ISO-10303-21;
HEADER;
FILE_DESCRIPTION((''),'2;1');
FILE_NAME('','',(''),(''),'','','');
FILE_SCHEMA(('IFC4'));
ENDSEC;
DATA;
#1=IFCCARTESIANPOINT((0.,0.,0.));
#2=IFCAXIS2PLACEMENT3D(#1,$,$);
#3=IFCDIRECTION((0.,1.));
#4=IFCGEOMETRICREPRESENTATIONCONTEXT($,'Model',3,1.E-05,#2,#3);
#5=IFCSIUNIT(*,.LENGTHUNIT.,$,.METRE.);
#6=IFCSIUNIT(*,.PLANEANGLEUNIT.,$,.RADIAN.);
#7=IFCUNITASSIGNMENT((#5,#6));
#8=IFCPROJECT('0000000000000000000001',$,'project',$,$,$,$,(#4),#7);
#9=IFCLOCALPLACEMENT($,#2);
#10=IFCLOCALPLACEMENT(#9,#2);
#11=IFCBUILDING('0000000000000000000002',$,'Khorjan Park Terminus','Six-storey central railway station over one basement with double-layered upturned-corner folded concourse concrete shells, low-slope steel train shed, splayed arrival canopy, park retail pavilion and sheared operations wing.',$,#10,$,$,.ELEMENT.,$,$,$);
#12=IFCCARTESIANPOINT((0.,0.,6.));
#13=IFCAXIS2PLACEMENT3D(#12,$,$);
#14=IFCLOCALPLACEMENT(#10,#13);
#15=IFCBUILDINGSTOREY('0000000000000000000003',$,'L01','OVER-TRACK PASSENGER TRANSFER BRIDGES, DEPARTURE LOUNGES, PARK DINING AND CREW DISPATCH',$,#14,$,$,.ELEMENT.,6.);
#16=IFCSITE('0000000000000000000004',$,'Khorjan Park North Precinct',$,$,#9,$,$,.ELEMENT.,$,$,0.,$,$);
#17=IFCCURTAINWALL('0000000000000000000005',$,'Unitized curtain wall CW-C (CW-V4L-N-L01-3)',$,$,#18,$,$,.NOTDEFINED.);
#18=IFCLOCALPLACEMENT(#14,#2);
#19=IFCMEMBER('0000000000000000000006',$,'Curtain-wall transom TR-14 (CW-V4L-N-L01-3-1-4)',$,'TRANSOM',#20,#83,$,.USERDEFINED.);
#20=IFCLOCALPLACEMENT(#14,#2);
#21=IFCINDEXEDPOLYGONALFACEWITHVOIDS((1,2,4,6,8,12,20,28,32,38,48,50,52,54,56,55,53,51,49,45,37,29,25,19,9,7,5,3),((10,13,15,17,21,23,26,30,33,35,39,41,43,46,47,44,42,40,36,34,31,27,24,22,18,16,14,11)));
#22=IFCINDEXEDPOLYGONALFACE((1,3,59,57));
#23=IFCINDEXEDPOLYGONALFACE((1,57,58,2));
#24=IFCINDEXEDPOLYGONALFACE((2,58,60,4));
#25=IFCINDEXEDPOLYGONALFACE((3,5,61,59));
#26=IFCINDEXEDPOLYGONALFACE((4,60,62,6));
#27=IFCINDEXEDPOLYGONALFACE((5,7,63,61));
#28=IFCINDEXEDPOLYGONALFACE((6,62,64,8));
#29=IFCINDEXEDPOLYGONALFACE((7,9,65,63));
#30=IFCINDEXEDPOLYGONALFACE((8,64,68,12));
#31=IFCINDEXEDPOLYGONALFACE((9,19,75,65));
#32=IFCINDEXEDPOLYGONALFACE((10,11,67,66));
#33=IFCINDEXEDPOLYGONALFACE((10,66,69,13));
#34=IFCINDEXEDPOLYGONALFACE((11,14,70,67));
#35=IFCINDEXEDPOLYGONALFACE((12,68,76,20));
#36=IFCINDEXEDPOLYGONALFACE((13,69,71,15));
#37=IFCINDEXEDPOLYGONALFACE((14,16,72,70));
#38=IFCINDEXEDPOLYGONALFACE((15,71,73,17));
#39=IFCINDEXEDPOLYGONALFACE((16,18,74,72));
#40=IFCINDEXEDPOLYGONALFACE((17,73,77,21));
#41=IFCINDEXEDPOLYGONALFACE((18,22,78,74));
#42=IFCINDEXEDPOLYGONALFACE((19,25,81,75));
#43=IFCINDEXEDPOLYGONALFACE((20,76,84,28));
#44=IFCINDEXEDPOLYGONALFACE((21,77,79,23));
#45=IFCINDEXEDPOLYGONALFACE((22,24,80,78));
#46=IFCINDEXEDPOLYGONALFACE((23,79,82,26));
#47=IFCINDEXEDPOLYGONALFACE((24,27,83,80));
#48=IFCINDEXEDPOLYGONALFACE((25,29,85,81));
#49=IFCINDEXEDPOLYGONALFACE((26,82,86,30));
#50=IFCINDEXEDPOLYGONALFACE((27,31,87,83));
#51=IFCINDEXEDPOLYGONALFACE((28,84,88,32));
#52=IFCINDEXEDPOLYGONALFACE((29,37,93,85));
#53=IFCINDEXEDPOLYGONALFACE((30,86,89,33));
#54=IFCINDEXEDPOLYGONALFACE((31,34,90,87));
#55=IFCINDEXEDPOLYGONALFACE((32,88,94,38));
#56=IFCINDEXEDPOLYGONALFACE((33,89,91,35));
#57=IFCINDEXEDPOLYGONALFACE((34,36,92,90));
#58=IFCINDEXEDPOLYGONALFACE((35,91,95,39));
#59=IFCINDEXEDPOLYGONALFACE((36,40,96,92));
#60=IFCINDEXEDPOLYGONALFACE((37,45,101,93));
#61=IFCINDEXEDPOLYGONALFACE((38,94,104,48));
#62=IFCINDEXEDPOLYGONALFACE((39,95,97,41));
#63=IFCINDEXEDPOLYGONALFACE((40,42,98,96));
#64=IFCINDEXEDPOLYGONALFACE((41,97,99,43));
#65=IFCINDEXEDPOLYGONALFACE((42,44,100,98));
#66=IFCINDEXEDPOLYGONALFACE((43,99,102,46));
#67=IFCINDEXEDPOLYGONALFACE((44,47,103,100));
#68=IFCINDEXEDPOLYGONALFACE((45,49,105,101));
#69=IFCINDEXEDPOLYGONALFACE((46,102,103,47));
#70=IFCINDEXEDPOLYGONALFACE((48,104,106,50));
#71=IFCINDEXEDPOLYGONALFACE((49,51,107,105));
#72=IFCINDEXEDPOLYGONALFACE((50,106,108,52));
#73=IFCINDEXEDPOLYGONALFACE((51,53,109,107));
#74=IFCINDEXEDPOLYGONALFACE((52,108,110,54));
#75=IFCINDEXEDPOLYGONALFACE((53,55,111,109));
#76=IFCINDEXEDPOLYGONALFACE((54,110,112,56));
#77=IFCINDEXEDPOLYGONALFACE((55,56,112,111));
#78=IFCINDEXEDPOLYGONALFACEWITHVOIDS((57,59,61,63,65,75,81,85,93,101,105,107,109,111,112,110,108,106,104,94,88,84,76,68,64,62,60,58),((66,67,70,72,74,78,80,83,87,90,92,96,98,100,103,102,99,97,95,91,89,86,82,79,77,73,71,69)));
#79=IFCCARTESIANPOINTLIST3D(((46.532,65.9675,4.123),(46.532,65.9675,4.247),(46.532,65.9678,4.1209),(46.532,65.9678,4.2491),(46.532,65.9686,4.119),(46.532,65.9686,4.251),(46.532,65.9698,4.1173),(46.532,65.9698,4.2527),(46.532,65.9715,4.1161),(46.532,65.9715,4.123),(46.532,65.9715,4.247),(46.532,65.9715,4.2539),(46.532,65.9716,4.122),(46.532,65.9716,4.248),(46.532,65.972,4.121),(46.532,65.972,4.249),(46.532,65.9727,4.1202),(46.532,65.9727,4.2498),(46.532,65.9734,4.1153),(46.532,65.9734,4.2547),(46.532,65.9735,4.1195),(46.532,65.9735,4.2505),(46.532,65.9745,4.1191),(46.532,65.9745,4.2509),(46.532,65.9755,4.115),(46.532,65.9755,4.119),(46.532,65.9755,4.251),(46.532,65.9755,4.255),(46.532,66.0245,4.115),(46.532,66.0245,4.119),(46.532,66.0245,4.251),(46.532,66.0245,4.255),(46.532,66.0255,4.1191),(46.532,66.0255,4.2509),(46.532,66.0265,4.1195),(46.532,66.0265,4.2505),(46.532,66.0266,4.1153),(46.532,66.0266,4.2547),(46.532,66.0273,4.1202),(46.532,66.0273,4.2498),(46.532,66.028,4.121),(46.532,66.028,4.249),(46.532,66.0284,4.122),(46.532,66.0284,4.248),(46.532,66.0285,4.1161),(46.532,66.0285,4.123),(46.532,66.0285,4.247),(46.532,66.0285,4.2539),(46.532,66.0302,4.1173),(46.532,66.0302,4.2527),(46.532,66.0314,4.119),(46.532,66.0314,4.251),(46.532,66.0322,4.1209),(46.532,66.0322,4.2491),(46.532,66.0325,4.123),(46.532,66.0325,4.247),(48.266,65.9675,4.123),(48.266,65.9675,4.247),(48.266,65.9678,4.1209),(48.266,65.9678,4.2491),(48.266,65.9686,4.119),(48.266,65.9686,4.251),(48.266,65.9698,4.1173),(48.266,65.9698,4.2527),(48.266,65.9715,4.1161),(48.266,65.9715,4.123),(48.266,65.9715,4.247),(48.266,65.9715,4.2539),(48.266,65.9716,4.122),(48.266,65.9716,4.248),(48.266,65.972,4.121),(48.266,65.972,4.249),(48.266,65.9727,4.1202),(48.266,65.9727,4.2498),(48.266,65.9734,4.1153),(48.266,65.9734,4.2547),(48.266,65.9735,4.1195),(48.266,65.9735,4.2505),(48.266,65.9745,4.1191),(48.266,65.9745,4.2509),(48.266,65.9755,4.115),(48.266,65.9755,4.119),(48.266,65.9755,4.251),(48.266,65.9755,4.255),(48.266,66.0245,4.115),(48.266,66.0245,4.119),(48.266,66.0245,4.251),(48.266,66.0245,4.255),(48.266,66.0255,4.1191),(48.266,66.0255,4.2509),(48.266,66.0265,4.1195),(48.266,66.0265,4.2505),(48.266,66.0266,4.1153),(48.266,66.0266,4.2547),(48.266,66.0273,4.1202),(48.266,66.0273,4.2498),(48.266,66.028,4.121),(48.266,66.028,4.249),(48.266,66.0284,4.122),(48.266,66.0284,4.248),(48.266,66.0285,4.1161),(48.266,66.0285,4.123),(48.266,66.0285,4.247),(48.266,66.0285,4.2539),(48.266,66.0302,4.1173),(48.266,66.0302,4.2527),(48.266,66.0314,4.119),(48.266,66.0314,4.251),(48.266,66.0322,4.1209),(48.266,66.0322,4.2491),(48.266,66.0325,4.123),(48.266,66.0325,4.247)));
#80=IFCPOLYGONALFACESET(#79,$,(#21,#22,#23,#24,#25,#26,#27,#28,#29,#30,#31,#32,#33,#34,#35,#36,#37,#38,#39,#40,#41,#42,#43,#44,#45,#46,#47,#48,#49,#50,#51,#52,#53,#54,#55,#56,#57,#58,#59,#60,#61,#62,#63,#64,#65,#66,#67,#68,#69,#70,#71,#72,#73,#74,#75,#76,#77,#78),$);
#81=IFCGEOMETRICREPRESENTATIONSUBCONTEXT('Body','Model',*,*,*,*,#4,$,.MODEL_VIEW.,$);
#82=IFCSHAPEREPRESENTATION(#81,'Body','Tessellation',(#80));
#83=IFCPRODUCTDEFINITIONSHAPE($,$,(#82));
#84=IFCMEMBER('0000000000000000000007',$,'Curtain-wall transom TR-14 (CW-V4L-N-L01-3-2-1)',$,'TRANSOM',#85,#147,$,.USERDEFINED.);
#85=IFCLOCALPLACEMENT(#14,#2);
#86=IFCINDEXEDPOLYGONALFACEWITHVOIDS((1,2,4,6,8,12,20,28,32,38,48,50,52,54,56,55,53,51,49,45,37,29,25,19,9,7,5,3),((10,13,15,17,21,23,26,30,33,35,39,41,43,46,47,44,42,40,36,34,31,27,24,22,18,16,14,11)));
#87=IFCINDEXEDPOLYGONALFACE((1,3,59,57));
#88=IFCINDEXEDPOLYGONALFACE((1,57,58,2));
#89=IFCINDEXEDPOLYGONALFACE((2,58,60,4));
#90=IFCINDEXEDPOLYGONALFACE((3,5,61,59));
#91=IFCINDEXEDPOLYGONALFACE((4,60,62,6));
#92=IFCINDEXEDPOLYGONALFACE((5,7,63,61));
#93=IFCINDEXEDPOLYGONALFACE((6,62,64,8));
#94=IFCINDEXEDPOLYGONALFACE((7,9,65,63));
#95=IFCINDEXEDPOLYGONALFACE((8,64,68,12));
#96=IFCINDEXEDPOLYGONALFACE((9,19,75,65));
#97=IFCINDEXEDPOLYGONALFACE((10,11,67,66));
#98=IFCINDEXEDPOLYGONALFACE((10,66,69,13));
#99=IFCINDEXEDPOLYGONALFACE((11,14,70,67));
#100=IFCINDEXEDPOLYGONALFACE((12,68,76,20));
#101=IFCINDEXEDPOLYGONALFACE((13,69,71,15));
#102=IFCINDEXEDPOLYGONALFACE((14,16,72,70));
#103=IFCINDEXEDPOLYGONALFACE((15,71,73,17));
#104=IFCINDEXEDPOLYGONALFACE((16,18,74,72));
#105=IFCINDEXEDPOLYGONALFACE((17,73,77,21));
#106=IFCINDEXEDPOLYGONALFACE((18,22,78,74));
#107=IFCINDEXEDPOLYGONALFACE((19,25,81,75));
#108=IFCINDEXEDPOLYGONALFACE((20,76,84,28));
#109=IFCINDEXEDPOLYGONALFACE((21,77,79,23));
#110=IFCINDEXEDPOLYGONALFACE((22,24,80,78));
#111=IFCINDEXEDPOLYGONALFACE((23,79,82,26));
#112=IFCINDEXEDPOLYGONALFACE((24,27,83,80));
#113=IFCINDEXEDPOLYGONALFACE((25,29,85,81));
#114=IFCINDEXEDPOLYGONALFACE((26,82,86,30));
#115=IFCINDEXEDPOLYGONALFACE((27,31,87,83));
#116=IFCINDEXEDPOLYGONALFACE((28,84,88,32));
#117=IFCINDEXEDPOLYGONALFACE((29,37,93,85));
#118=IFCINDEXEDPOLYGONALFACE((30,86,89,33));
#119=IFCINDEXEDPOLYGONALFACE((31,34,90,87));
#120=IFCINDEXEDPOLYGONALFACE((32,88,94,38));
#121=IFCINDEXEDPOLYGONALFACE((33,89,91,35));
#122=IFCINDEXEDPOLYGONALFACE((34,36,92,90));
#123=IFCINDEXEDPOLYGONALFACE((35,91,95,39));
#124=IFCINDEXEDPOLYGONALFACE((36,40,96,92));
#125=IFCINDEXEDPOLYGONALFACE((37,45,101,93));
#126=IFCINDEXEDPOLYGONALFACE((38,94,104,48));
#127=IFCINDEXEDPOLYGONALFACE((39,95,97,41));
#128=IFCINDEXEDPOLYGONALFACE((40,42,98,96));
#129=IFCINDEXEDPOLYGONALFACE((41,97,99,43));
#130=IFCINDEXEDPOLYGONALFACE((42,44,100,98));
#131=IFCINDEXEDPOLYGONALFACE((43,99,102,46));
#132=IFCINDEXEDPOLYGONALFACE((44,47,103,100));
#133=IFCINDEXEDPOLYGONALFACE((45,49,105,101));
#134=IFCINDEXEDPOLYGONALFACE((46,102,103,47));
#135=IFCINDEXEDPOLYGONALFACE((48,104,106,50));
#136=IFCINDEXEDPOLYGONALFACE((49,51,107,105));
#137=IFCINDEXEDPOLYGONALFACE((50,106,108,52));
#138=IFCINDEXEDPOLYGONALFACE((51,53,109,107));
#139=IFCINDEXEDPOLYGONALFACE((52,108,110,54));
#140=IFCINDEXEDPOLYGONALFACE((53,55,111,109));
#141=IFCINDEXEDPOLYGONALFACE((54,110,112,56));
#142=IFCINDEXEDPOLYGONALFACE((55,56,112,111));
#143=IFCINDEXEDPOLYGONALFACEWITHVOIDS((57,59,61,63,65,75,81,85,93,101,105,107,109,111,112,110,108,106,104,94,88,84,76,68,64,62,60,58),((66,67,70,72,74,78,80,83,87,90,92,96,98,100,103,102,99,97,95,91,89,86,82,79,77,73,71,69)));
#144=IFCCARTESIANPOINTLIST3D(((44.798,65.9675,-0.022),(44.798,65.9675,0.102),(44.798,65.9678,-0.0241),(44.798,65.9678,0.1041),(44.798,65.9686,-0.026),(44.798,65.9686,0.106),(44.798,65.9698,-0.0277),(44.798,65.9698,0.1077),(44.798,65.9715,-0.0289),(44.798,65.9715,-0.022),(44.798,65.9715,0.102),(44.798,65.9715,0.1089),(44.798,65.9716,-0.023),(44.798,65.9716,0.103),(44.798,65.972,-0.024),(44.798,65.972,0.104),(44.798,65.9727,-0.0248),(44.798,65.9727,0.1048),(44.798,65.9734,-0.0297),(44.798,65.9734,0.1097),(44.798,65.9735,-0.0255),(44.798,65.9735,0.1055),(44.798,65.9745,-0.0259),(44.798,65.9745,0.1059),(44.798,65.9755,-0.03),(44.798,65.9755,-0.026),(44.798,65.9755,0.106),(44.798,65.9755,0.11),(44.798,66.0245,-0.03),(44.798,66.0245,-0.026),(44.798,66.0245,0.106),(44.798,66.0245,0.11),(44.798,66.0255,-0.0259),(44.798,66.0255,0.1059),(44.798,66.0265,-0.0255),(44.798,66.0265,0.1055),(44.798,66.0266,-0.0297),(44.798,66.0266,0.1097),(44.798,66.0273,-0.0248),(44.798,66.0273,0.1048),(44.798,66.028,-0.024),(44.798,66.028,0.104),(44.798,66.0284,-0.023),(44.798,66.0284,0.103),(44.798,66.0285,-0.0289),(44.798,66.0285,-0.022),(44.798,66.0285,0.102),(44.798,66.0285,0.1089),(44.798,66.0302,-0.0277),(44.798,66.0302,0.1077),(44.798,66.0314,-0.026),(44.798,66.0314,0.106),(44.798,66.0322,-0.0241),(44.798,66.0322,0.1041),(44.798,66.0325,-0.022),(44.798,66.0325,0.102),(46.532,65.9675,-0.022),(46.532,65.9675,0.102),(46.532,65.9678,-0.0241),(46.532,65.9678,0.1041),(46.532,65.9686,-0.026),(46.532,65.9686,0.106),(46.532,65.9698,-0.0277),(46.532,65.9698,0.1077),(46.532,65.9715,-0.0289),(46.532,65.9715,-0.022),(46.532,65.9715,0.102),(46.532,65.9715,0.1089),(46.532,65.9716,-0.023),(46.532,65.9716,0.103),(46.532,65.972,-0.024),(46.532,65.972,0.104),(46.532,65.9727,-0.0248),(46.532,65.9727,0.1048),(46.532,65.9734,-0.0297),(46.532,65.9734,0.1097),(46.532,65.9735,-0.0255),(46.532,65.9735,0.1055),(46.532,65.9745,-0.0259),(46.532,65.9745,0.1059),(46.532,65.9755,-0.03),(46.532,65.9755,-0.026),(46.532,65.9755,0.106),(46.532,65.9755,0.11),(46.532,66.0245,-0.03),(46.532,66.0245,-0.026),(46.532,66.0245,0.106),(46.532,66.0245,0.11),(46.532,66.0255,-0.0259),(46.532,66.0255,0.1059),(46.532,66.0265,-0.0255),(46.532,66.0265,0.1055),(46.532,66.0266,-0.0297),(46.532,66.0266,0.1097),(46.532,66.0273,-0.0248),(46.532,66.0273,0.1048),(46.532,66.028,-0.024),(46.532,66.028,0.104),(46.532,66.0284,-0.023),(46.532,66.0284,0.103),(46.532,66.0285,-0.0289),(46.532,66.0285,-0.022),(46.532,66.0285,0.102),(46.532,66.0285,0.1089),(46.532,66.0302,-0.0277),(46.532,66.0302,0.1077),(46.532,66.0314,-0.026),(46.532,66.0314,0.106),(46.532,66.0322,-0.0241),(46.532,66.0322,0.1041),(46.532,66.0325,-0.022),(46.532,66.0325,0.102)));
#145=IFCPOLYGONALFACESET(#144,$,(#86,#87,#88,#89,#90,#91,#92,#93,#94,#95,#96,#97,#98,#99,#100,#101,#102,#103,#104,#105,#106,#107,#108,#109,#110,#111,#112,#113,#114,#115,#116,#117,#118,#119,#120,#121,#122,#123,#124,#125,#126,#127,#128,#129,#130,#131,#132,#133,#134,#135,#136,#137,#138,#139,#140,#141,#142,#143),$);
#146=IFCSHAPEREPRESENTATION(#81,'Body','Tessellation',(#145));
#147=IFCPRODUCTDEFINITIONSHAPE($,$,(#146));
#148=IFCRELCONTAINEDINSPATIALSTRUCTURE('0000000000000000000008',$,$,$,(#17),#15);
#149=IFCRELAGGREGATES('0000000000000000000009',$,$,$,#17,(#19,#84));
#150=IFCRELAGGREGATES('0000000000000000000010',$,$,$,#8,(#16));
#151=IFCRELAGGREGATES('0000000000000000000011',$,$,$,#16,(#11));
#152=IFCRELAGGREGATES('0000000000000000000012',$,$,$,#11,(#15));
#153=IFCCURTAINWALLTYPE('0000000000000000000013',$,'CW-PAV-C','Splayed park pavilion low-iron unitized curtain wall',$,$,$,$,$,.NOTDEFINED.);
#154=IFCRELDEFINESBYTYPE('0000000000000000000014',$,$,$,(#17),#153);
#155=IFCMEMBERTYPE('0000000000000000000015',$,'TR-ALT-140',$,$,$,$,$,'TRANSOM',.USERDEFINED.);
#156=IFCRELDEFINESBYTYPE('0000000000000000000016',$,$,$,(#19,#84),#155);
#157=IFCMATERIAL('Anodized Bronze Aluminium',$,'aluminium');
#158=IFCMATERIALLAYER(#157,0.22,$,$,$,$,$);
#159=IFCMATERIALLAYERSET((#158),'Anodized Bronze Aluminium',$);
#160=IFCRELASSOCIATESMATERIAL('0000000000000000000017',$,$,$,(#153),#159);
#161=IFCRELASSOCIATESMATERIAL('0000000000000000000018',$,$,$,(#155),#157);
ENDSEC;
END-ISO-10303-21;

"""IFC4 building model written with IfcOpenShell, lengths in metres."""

from ifc_helpers import new_model, si_unit, direction, frame, origin, origin_2d, place, context, subcontext, project, spatial, hollow_rectangle, extrude, material, layer, layer_set, material_profile, profile_set, type_object, element, aggregate, save


model = new_model("IFC4")

# Units and contexts
model_context = context("Model", 3, precision=1e-05, world=origin(), true_north=direction((0.0, 1.0)))
body_context = subcontext(model_context, "Body", "Model", "MODEL_VIEW")
ifc_project = project(units=[si_unit("LENGTHUNIT", "METRE"), si_unit("PLANEANGLEUNIT", "RADIAN")], contexts=[model_context])

# Site, building, storey
site_placement = place(None, origin())
site = spatial("IfcSite", under=ifc_project, at=site_placement, Name="Khorjan Park North Precinct", CompositionType="ELEMENT", RefElevation=0.0)
building_placement = place(site_placement, origin())
building = spatial("IfcBuilding", under=site, at=building_placement, Name="Khorjan Park Terminus", Description="Six-storey central railway station over one basement with double-layered upturned-corner folded concourse concrete shells, low-slope steel train shed, splayed arrival canopy, park retail pavilion and sheared operations wing.", CompositionType="ELEMENT")
storey_placement = place(building_placement, frame((0.0, 0.0, 6.0)))
storey = spatial("IfcBuildingStorey", under=building, at=storey_placement, Name="L01", Description="OVER-TRACK PASSENGER TRANSFER BRIDGES, DEPARTURE LOUNGES, PARK DINING AND CREW DISPATCH", CompositionType="ELEMENT", Elevation=6.0)

# Curtain wall
ifc_material_1 = material(Name="Anodized Bronze Aluminium", Category="aluminium")
ifc_layer_1 = layer(ifc_material_1, 0.22)
ifc_layer_set_1 = layer_set([ifc_layer_1], Name="Anodized Bronze Aluminium")
curtain_wall_type = type_object("IfcCurtainWallType", Name="CW-PAV-C", Description="Splayed park pavilion low-iron unitized curtain wall", PredefinedType="NOTDEFINED", material=ifc_layer_set_1)
curtain_wall_1_placement = place(storey_placement, origin())
curtain_wall_1 = element("IfcCurtainWall", 1, at=curtain_wall_1_placement, inside=storey, type_object=curtain_wall_type, Name="Unitized curtain wall CW-C (CW-V4L-N-L01-3)", PredefinedType="NOTDEFINED")

# Members
ifc_material_profile_1 = material_profile(ifc_material_1, hollow_rectangle(XDim=0.065, YDim=0.14, WallThickness=0.004, InnerFilletRadius=0.004, OuterFilletRadius=0.008, at=origin_2d()), Name="ALT 65x140x4")
ifc_profile_set_1 = profile_set([ifc_material_profile_1], Name="Anodized Bronze Aluminium")
member_type_1 = type_object("IfcMemberType", Name="TR-ALT-140", ElementType="TRANSOM", PredefinedType="USERDEFINED", material=ifc_profile_set_1)
member_1_placement = place(storey_placement, frame((48.266, 66.0, 4.185), z_axis=(-1.0, 0.0, 0.0), x_axis=(0.0, -1.0, 0.0)))
member_1 = element("IfcMember", 2, at=member_1_placement, type_object=member_type_1, Name="Curtain-wall transom TR-14 (CW-V4L-N-L01-3-1-4)", ObjectType="TRANSOM", PredefinedType="USERDEFINED", context=body_context, shape_type="SweptSolid", body=[
    extrude(hollow_rectangle(XDim=0.065, YDim=0.14, WallThickness=0.004, InnerFilletRadius=0.004, OuterFilletRadius=0.008, at=origin_2d()), origin(), (0.0, 0.0, 1.0), 1.734),
])
member_2_placement = place(storey_placement, frame((46.532, 66.0, 0.04), z_axis=(-1.0, 0.0, 0.0), x_axis=(0.0, -1.0, 0.0)))
member_2 = element("IfcMember", 3, at=member_2_placement, type_object=member_type_1, Name="Curtain-wall transom TR-14 (CW-V4L-N-L01-3-2-1)", ObjectType="TRANSOM", PredefinedType="USERDEFINED", context=body_context, shape_type="SweptSolid", body=[
    extrude(hollow_rectangle(XDim=0.065, YDim=0.14, WallThickness=0.004, InnerFilletRadius=0.004, OuterFilletRadius=0.008, at=origin_2d()), origin(), (0.0, 0.0, 1.0), 1.734),
])

aggregate(curtain_wall_1, [member_1, member_2])

save(model, "model.ifc")
